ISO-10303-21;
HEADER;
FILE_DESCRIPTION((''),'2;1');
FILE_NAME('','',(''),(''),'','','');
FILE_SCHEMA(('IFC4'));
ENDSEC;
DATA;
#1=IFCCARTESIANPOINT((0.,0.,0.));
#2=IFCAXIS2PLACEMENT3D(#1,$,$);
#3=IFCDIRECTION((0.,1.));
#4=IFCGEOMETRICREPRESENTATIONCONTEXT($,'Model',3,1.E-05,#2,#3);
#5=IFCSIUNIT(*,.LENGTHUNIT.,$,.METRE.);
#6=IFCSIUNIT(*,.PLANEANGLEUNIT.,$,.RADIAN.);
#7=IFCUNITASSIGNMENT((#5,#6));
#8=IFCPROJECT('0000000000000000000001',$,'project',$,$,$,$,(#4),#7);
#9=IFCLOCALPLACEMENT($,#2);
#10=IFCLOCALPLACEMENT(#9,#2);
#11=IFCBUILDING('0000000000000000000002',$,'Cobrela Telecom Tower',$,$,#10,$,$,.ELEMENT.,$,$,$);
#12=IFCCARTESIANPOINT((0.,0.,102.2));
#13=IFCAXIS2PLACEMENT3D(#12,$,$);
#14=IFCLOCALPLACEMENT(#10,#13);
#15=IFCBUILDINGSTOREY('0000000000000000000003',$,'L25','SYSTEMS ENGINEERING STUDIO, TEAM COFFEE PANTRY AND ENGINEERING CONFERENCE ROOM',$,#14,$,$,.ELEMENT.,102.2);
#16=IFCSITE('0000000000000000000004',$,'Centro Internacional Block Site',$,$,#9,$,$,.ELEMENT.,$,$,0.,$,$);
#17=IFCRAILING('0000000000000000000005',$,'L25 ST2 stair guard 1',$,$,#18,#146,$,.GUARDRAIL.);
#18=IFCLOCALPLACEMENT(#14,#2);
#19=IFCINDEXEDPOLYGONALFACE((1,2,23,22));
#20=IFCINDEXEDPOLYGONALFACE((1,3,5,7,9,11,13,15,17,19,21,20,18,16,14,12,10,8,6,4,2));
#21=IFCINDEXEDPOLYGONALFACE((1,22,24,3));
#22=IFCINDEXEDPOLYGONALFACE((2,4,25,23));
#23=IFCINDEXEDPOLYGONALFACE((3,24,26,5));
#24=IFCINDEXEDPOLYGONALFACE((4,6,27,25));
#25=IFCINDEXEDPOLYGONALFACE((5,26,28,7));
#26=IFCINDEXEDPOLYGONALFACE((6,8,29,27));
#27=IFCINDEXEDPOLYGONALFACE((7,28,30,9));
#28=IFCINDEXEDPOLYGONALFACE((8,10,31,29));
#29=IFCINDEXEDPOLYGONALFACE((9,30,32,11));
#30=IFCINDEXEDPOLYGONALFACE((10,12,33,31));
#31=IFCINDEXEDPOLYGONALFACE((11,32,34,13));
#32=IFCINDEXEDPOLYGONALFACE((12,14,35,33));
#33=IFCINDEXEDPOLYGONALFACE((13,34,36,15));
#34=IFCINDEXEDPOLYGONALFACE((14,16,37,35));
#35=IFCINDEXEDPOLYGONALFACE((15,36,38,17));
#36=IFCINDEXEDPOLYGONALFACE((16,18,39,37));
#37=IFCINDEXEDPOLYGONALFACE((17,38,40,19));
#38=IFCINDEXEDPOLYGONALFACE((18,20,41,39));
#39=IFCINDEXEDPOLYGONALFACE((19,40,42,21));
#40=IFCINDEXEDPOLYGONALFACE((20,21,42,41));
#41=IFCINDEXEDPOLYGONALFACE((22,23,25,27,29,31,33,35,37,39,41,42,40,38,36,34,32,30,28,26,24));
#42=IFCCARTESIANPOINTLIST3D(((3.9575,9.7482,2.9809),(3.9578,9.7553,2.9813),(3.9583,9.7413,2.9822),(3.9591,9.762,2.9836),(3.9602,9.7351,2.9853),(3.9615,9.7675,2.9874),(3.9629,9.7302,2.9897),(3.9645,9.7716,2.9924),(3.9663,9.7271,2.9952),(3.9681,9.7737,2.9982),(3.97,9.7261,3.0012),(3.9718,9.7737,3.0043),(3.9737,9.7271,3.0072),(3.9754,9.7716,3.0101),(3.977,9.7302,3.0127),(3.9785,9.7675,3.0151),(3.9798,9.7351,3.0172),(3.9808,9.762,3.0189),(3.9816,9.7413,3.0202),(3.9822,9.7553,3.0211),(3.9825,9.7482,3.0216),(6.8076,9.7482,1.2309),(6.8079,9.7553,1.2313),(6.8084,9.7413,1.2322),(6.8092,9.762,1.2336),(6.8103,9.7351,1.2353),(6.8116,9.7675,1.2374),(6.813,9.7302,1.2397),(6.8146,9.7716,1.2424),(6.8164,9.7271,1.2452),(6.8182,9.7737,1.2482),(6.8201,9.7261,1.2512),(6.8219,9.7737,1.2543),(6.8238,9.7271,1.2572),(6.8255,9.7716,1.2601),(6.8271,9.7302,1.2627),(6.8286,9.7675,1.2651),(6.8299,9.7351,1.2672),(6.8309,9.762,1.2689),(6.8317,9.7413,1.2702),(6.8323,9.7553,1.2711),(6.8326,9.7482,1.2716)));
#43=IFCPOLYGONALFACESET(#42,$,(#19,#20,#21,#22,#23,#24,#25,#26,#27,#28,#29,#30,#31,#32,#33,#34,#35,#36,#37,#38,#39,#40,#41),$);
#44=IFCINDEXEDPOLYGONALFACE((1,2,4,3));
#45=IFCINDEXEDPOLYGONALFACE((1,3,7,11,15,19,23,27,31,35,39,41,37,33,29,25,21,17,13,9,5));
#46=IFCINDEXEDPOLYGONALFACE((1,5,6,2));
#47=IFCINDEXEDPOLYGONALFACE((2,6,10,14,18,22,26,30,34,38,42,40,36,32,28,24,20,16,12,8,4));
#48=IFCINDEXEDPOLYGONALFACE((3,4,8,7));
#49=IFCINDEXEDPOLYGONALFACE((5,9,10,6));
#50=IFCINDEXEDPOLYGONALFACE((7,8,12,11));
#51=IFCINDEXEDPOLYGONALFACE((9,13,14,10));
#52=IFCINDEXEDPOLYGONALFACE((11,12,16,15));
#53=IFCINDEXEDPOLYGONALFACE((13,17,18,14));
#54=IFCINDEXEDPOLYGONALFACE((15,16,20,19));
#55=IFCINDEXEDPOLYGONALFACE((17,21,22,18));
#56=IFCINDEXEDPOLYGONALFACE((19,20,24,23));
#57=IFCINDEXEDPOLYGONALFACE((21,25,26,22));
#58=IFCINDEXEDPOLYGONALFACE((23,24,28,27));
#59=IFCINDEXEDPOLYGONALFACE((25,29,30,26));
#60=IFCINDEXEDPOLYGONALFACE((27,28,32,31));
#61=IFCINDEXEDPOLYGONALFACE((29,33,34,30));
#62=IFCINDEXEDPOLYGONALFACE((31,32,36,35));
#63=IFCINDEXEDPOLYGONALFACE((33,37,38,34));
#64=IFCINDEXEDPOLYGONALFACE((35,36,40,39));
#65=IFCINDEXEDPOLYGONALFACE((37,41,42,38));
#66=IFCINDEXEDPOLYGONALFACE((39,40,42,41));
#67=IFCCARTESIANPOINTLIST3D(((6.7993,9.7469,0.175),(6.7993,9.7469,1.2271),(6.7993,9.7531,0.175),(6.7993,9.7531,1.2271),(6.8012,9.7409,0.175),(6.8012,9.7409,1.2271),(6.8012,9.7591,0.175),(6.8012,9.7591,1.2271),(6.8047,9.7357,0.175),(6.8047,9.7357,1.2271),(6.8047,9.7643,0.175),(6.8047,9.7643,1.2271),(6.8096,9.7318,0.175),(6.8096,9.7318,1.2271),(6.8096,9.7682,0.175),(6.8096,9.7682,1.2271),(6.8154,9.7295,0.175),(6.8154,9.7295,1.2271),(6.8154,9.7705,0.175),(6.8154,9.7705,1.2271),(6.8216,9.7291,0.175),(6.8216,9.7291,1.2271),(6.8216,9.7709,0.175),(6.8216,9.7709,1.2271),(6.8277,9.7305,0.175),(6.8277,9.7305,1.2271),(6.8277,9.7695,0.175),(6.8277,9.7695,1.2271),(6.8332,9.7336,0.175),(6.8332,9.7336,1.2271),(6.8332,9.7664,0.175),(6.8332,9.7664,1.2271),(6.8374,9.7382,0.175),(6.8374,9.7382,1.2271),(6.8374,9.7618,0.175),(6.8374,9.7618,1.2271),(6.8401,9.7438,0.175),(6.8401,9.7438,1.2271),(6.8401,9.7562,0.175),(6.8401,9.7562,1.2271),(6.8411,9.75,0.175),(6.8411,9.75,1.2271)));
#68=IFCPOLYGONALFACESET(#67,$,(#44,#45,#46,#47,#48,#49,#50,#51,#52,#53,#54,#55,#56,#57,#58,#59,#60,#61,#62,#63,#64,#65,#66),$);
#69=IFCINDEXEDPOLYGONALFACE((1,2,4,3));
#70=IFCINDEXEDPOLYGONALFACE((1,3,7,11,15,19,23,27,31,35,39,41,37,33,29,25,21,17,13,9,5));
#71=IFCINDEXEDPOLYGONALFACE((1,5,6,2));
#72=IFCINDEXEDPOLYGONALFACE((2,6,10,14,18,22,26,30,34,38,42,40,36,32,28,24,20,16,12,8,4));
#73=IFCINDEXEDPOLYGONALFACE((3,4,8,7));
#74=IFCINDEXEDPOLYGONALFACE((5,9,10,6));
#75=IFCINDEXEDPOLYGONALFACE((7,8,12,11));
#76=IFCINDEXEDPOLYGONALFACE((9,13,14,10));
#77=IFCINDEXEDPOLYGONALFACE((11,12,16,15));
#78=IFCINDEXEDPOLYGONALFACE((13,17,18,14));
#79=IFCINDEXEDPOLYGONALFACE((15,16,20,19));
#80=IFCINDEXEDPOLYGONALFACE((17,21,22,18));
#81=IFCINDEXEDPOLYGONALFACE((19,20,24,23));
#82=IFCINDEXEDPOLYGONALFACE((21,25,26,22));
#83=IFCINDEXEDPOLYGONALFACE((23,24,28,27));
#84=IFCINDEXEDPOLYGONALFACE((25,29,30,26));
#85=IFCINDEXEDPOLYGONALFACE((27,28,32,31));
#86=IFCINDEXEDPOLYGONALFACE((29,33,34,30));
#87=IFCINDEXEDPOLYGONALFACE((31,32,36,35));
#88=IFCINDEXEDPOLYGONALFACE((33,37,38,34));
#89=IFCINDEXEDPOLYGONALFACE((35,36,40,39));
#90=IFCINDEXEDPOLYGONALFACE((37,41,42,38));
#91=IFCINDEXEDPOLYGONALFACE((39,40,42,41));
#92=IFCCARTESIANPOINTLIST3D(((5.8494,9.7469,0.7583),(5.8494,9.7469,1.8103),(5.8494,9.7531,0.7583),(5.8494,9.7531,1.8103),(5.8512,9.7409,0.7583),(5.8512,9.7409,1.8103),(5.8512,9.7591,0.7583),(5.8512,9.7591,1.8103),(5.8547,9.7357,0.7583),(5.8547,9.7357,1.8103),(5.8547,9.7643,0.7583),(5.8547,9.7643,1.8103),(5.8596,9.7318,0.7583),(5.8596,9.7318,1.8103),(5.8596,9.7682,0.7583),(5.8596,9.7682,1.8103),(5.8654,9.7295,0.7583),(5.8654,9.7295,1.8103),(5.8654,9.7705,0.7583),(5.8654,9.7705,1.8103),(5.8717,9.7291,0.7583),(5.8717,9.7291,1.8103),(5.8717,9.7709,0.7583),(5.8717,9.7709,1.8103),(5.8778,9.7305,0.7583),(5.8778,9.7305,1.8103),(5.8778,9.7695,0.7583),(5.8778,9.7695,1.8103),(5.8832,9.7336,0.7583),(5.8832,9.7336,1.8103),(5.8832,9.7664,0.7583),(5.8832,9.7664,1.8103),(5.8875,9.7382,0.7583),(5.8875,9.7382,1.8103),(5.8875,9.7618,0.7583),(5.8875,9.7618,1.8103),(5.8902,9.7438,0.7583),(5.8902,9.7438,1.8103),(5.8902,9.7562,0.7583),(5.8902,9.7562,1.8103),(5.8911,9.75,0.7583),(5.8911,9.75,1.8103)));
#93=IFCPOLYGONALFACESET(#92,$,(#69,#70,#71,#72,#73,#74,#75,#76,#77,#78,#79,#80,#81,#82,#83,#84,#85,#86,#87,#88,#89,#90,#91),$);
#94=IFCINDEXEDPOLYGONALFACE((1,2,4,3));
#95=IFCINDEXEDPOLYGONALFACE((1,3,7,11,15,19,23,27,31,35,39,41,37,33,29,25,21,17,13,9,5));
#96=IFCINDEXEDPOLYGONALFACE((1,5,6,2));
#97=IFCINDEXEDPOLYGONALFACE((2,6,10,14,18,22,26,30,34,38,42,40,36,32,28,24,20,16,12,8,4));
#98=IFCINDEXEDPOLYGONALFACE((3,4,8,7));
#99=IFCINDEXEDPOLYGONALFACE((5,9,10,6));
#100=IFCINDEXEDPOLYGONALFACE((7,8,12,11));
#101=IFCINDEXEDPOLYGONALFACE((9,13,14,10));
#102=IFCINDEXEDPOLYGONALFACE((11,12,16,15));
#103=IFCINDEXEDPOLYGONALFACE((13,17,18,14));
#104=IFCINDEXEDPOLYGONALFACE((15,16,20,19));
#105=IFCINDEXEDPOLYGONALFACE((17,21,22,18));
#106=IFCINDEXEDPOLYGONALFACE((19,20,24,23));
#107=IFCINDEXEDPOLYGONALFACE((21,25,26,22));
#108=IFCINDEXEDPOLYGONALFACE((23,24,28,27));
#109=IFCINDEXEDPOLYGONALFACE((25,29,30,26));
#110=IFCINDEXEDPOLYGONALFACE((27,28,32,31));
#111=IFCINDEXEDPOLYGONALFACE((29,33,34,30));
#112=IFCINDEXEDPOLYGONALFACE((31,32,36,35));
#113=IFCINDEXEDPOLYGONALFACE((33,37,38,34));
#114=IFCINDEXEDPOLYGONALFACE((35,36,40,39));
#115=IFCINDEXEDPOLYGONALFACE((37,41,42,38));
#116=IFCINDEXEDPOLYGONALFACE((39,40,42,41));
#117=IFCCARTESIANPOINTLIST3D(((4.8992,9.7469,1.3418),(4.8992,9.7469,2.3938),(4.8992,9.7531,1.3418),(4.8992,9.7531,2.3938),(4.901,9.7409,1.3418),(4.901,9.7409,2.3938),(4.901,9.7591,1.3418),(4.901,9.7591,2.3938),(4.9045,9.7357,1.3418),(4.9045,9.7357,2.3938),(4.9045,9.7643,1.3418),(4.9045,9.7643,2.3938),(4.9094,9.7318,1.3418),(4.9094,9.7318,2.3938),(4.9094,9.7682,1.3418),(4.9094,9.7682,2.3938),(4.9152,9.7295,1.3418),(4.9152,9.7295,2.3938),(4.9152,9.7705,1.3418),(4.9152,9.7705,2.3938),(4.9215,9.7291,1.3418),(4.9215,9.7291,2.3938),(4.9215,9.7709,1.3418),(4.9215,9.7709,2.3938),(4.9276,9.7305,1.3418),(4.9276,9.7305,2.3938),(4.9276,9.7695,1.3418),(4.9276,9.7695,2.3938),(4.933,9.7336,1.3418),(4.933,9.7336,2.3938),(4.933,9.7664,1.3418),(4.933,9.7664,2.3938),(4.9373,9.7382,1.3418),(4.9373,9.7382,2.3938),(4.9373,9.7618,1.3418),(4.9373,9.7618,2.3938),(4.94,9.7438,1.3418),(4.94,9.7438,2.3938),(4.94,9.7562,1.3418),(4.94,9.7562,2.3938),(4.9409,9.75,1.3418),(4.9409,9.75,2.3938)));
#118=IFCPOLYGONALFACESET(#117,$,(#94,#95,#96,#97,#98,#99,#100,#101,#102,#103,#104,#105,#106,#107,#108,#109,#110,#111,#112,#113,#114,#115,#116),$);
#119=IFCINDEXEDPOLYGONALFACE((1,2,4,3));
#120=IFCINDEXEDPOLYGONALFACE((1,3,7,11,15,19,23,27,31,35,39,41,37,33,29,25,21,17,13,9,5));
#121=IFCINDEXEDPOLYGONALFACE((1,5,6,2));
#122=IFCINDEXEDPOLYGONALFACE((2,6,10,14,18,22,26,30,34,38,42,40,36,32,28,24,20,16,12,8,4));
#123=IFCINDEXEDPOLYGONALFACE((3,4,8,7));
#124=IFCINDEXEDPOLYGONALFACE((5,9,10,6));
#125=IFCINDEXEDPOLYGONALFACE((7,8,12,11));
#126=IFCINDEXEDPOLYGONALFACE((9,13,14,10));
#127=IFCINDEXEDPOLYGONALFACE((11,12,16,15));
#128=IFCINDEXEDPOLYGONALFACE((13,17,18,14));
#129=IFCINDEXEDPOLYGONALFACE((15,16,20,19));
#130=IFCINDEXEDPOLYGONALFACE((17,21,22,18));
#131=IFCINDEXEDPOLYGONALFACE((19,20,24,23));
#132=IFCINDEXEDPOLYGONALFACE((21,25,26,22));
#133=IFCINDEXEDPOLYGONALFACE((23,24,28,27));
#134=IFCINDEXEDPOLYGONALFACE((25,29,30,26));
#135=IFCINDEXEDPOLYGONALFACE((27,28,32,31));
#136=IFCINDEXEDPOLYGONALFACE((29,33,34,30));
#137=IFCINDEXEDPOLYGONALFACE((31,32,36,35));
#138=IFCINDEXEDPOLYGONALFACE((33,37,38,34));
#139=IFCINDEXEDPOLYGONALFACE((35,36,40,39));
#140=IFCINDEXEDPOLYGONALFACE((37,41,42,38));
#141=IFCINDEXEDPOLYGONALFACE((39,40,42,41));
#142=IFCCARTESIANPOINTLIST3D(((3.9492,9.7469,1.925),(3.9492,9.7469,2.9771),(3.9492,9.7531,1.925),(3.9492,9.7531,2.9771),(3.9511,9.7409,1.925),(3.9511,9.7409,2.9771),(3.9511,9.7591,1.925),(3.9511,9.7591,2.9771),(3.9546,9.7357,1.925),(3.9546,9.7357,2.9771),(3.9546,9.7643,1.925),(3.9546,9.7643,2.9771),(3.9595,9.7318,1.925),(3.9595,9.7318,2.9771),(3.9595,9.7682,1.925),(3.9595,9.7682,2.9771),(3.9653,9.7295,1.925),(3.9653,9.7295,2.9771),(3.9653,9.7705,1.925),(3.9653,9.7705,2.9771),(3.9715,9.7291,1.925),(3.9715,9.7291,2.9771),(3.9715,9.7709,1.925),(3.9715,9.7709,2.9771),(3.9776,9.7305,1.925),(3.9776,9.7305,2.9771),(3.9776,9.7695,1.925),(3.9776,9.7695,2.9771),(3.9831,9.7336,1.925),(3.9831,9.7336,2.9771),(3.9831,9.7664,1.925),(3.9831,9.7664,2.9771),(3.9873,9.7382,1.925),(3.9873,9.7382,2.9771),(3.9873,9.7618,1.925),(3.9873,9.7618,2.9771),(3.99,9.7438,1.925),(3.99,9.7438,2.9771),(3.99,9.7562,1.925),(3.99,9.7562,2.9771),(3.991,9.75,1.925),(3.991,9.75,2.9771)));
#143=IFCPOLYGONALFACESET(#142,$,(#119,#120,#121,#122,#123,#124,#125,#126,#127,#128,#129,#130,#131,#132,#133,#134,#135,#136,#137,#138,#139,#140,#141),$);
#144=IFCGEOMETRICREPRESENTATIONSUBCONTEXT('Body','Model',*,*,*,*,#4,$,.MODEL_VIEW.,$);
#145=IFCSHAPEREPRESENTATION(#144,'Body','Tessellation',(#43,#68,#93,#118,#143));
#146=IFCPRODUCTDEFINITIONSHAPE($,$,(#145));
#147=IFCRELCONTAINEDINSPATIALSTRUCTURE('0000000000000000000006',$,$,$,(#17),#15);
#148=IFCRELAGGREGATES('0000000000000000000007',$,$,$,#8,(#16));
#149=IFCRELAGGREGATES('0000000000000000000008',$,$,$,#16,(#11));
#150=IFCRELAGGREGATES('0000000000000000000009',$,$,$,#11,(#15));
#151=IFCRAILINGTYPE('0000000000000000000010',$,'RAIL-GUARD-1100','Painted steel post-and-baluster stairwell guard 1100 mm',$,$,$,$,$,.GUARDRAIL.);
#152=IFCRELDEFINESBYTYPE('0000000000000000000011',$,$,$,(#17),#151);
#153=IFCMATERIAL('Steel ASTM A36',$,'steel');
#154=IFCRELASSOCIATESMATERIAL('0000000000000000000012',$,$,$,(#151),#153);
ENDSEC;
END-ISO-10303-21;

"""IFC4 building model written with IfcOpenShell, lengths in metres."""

from ifc_helpers import new_model, si_unit, direction, frame, origin, origin_2d, place, context, subcontext, project, spatial, circle, extrude, material, type_object, element, save


model = new_model("IFC4")

# Units and contexts
model_context = context("Model", 3, precision=1e-05, world=origin(), true_north=direction((0.0, 1.0)))
body_context = subcontext(model_context, "Body", "Model", "MODEL_VIEW")
ifc_project = project(units=[si_unit("LENGTHUNIT", "METRE"), si_unit("PLANEANGLEUNIT", "RADIAN")], contexts=[model_context])

# Site, building, storey
site_placement = place(None, origin())
site = spatial("IfcSite", under=ifc_project, at=site_placement, Name="Centro Internacional Block Site", CompositionType="ELEMENT", RefElevation=0.0)
building_placement = place(site_placement, origin())
building = spatial("IfcBuilding", under=site, at=building_placement, Name="Cobrela Telecom Tower", CompositionType="ELEMENT")
storey_placement = place(building_placement, frame((0.0, 0.0, 102.2)))
storey = spatial("IfcBuildingStorey", under=building, at=storey_placement, Name="L25", Description="SYSTEMS ENGINEERING STUDIO, TEAM COFFEE PANTRY AND ENGINEERING CONFERENCE ROOM", CompositionType="ELEMENT", Elevation=102.2)

# Shared definitions
ifc_material_1 = material(Name="Steel ASTM A36", Category="steel")

# Railing
railing_type_1 = type_object("IfcRailingType", Name="RAIL-GUARD-1100", Description="Painted steel post-and-baluster stairwell guard 1100 mm", PredefinedType="GUARDRAIL", material=ifc_material_1)
railing_1_placement = place(storey_placement, frame((6.8201, 9.75, 0.175)))
element("IfcRailing", 1, at=railing_1_placement, inside=storey, type_object=railing_type_1, Name="L25 ST2 stair guard 1", PredefinedType="GUARDRAIL", context=body_context, shape_type="SweptSolid", body=[
    extrude(circle(Radius=0.0239, at=origin_2d()), frame((0.0, 0.0, 1.0762), z_axis=(-0.852179, 0.0, 0.52325), x_axis=(0.0, -1.0, 0.0)), (0.0, 0.0, 1.0), 3.3445),
    extrude(circle(Radius=0.021, at=origin_2d()), origin(), (0.0, 0.0, 1.0), 1.052),
    extrude(circle(Radius=0.021, at=origin_2d()), frame((-0.95, 0.0, 0.5833)), (0.0, 0.0, 1.0), 1.052),
    extrude(circle(Radius=0.021, at=origin_2d()), frame((-1.9001, 0.0, 1.1667)), (0.0, 0.0, 1.0), 1.052),
    extrude(circle(Radius=0.021, at=origin_2d()), frame((-2.8501, 0.0, 1.75)), (0.0, 0.0, 1.0), 1.052),
])

save(model, "model.ifc")
